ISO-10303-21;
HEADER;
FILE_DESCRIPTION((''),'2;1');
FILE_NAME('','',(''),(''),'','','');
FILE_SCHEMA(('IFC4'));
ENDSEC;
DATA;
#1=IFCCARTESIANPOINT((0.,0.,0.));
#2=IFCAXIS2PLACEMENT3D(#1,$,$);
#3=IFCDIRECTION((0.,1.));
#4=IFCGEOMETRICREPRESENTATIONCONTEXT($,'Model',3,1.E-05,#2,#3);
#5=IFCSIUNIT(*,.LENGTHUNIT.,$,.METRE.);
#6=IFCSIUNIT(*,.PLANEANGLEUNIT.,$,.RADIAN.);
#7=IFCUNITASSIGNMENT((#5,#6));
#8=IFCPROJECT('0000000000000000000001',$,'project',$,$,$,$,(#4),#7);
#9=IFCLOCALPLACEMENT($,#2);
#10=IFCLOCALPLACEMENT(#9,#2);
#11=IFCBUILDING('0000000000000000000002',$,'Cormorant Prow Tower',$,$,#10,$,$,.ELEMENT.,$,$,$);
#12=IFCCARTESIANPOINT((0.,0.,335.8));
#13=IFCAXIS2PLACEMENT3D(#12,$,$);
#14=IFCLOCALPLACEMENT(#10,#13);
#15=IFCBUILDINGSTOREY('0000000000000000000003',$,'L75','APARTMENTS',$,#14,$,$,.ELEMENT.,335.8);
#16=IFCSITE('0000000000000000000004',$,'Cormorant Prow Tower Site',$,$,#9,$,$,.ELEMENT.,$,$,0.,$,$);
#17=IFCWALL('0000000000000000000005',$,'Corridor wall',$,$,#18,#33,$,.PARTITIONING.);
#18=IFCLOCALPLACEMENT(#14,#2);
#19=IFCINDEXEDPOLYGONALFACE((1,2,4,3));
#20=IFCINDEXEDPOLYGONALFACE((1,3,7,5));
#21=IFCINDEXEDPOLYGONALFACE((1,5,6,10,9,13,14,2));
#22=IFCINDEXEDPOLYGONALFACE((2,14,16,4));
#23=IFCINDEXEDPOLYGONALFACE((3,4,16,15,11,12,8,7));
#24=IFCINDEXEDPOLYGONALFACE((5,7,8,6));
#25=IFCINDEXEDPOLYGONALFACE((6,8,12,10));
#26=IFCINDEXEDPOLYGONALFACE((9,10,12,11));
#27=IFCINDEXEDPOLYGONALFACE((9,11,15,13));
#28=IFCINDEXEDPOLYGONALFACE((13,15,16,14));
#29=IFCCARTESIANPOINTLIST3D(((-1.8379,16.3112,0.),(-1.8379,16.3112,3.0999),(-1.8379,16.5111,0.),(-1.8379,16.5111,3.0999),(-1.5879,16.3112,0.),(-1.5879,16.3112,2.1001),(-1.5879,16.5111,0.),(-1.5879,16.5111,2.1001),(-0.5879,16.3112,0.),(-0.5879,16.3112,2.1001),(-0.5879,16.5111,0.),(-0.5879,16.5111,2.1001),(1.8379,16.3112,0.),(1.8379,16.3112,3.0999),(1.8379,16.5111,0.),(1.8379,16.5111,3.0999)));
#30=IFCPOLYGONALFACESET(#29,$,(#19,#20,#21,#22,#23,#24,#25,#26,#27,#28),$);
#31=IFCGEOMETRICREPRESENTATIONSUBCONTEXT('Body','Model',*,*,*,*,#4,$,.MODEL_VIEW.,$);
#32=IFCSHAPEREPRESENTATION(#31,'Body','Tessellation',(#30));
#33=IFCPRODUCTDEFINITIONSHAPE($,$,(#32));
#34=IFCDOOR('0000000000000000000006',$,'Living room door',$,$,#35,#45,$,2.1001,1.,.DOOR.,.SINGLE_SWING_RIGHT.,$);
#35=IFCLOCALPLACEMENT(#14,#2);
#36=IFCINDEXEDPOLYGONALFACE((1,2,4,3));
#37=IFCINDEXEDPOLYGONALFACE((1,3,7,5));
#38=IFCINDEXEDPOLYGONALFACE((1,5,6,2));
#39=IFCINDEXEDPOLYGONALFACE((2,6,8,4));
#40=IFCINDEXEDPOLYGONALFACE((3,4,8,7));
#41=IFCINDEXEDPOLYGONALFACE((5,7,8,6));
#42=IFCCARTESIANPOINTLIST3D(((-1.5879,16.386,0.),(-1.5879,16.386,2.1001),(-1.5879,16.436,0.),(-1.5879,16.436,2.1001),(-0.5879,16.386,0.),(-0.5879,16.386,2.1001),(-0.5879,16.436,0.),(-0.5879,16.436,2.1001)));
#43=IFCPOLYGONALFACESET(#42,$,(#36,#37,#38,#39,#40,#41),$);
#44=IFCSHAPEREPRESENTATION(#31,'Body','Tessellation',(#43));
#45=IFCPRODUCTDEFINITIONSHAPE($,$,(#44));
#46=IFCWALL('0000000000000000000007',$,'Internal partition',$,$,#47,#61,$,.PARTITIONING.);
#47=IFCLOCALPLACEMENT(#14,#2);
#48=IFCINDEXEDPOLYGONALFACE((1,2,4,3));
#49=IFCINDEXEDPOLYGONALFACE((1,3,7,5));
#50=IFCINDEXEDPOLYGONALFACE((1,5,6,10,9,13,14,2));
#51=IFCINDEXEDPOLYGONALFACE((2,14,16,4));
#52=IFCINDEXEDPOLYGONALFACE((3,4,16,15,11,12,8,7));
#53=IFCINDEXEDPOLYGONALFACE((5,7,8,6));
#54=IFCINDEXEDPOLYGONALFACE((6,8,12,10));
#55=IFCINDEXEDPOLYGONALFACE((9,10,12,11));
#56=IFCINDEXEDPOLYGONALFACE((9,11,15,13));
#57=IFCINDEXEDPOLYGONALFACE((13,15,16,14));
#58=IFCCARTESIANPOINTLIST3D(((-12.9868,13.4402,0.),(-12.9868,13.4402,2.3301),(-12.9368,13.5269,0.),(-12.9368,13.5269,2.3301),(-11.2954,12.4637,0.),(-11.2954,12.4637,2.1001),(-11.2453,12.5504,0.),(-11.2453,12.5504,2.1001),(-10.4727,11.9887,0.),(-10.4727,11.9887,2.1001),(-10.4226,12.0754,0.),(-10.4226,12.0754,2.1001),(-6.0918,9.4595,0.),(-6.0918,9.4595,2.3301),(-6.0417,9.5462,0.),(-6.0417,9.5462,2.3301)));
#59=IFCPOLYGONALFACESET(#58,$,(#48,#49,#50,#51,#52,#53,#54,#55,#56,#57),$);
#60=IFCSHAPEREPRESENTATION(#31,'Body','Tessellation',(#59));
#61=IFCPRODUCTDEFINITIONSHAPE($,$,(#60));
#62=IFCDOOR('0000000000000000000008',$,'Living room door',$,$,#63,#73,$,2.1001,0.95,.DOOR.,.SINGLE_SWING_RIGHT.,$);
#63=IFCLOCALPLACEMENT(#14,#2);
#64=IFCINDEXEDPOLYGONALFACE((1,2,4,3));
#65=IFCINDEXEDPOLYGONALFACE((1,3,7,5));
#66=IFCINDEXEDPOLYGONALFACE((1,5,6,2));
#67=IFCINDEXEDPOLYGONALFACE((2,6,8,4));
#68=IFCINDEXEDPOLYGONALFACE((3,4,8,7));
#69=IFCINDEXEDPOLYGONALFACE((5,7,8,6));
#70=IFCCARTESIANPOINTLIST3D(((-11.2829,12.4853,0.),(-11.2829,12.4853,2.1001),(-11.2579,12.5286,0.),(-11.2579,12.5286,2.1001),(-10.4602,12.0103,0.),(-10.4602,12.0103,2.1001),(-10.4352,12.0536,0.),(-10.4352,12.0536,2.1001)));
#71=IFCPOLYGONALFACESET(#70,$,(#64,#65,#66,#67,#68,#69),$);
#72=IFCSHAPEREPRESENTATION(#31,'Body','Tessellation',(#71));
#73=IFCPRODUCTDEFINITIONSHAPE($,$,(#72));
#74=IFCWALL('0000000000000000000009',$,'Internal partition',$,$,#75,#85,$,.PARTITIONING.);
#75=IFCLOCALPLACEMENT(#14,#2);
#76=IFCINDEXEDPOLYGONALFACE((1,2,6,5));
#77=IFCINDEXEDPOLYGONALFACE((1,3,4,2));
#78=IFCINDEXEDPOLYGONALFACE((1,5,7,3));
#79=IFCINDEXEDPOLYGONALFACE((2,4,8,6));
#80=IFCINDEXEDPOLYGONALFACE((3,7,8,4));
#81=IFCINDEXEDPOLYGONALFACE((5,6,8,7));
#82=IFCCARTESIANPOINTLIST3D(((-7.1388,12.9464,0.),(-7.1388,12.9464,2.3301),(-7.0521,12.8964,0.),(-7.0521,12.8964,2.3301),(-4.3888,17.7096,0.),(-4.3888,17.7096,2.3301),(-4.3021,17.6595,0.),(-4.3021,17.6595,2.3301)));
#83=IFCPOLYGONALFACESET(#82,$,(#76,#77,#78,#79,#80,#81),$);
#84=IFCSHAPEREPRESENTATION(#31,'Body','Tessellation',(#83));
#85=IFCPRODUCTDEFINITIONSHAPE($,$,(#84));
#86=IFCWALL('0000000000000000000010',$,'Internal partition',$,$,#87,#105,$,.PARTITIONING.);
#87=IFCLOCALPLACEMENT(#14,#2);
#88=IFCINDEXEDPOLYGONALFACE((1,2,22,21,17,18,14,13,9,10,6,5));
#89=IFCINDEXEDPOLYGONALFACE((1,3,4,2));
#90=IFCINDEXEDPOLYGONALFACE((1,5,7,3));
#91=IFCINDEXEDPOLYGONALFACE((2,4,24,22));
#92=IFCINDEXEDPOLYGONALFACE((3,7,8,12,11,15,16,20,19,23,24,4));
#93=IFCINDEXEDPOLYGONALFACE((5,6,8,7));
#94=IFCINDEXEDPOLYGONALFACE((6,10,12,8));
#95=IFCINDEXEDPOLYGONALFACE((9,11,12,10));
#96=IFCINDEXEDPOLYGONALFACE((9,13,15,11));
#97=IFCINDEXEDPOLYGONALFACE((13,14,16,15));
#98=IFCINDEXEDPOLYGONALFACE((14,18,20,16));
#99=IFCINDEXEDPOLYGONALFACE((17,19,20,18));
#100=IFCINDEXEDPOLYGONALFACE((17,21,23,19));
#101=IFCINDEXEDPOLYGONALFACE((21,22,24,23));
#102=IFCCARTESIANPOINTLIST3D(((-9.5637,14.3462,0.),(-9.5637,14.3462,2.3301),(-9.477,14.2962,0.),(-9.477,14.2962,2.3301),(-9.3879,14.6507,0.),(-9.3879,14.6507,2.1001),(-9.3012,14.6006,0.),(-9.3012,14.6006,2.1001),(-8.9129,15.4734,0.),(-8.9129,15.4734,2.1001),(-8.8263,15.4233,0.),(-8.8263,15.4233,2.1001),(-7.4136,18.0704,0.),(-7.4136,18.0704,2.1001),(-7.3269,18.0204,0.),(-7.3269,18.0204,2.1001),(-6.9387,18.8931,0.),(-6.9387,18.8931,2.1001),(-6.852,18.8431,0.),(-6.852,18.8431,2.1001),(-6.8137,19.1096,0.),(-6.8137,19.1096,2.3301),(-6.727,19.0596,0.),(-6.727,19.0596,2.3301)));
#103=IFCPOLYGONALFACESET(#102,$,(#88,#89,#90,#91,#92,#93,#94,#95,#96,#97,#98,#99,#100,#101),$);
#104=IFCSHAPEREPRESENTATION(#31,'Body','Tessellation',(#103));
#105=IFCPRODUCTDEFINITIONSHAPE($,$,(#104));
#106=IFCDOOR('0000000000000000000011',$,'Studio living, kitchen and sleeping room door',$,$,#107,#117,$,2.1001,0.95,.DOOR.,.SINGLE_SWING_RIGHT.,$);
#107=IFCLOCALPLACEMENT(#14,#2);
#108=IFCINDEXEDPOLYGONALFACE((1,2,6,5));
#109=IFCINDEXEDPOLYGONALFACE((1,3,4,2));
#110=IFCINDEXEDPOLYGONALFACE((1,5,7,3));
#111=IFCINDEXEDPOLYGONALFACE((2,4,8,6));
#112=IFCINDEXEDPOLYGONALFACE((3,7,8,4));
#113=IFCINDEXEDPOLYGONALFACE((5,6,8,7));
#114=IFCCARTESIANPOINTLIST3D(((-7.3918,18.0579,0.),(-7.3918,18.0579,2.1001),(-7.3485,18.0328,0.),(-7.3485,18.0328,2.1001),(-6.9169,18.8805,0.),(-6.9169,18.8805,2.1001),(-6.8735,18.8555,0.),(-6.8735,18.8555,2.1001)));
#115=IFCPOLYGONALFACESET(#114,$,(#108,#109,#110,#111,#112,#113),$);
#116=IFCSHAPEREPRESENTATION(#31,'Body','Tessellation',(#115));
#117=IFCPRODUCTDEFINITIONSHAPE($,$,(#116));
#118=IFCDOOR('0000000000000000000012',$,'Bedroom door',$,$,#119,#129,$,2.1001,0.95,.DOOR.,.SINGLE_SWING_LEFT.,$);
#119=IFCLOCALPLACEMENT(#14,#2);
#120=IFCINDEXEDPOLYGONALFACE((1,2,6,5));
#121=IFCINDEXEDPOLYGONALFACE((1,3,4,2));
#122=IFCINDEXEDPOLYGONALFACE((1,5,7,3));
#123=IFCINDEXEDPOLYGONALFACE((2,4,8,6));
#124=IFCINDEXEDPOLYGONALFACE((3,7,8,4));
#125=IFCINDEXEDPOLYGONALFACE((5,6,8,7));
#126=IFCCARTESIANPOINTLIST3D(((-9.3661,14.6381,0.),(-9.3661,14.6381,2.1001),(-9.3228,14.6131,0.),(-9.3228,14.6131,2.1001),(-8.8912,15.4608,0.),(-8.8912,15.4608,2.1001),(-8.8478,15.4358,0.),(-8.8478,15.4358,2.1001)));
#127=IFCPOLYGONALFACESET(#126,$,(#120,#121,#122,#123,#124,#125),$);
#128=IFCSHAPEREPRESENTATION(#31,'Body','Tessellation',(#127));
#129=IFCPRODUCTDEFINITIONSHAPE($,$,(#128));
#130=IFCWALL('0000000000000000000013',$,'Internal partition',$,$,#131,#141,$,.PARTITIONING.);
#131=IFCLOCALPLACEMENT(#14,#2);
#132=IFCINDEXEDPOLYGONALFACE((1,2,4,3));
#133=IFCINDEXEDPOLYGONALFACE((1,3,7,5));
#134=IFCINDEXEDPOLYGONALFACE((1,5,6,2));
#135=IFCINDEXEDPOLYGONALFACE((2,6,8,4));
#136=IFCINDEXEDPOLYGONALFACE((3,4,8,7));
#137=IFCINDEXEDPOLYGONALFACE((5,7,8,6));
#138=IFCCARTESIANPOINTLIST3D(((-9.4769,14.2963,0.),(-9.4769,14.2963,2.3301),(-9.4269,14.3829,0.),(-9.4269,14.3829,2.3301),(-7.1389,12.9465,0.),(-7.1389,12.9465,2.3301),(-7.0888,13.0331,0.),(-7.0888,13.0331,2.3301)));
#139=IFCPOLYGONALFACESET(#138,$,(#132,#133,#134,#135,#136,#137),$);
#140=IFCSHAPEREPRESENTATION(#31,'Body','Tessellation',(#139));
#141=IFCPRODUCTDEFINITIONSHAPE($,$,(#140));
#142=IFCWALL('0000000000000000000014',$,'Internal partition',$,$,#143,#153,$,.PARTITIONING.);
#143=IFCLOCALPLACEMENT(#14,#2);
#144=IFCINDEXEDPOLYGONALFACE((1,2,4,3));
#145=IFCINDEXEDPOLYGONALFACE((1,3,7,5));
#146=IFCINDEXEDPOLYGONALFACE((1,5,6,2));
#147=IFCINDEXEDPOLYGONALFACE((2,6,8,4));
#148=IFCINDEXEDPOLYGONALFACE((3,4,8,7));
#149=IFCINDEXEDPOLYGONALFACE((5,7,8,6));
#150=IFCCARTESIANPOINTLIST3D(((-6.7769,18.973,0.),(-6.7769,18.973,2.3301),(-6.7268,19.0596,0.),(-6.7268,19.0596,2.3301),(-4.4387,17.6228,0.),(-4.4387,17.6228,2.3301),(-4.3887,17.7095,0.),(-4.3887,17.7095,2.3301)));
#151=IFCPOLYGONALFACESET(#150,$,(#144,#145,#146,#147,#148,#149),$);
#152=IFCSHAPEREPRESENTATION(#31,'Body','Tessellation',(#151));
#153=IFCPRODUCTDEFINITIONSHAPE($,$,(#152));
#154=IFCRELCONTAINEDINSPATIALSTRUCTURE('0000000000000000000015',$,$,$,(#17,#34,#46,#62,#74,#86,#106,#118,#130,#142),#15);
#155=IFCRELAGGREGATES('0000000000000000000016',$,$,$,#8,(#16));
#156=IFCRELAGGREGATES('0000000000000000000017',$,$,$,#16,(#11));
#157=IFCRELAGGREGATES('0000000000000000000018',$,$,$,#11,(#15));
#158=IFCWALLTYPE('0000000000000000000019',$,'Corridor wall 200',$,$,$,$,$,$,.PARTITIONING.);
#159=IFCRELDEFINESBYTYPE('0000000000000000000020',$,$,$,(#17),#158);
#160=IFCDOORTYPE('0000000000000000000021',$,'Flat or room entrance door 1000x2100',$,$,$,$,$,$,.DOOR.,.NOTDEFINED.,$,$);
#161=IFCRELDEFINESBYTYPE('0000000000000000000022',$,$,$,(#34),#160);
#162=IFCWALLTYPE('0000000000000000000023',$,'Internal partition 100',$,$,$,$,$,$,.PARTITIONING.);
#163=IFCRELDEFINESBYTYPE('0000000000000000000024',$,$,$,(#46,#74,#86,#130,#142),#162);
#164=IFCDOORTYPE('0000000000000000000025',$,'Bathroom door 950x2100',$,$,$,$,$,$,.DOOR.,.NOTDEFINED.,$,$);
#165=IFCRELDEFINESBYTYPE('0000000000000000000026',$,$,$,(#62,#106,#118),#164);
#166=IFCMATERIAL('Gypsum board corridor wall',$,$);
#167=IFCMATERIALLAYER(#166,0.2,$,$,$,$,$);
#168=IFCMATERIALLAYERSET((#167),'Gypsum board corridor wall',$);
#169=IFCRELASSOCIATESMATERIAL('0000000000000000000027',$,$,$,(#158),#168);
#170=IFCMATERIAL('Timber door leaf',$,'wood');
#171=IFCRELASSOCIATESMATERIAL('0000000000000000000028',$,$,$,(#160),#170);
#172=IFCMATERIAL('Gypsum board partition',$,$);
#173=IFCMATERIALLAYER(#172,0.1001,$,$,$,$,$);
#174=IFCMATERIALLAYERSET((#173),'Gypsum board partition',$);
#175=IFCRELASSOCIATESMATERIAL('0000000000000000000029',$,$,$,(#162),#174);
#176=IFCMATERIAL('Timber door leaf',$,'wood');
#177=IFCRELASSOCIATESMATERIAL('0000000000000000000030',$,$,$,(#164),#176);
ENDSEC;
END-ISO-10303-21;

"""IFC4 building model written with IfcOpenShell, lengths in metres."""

from ifc_helpers import new_model, si_unit, direction, frame, frame_2d, origin, place, context, subcontext, project, spatial, rectangle, extrude, material, layer, layer_set, type_object, element, fill, save


model = new_model("IFC4")

# Units and contexts
model_context = context("Model", 3, precision=1e-05, world=origin(), true_north=direction((0.0, 1.0)))
body_context = subcontext(model_context, "Body", "Model", "MODEL_VIEW")
ifc_project = project(units=[si_unit("LENGTHUNIT", "METRE"), si_unit("PLANEANGLEUNIT", "RADIAN")], contexts=[model_context])

# Site, building, storey
site_placement = place(None, origin())
site = spatial("IfcSite", under=ifc_project, at=site_placement, Name="Cormorant Prow Tower Site", CompositionType="ELEMENT", RefElevation=0.0)
building_placement = place(site_placement, origin())
building = spatial("IfcBuilding", under=site, at=building_placement, Name="Cormorant Prow Tower", CompositionType="ELEMENT")
storey_placement = place(building_placement, frame((0.0, 0.0, 335.8)))
storey = spatial("IfcBuildingStorey", under=building, at=storey_placement, Name="L75", Description="APARTMENTS", CompositionType="ELEMENT", Elevation=335.8)

# Walls, openings, doors
ifc_material_1 = material(Name="Gypsum board corridor wall")
ifc_layer_1 = layer(ifc_material_1, 0.2)
ifc_layer_set_1 = layer_set([ifc_layer_1], Name="Gypsum board corridor wall")
wall_type_1 = type_object("IfcWallType", Name="Corridor wall 200", PredefinedType="PARTITIONING", material=ifc_layer_set_1)
ifc_material_2 = material(Name="Timber door leaf", Category="wood")
door_type_1 = type_object("IfcDoorType", Name="Flat or room entrance door 1000x2100", OperationType="NOTDEFINED", PredefinedType="DOOR", material=ifc_material_2)
wall_1_placement = place(storey_placement, frame((-1.8379, 16.4111, 0.0), z_axis=(0.0, 0.0, 1.0), x_axis=(1.0, 0.0, 0.0)))
wall_1 = element("IfcWall", 1, at=wall_1_placement, inside=storey, type_object=wall_type_1, Name="Corridor wall", PredefinedType="PARTITIONING", context=body_context, shape_type="SweptSolid", body=[
    extrude(rectangle(XDim=3.6758, YDim=0.2, at=frame_2d((1.8379, 0.0))), origin(), (0.0, 0.0, 1.0), 3.0999),
])
opening_1_placement = place(wall_1_placement, frame((0.25, 0.0, 0.0)))
opening_1 = element("IfcOpeningElement", 2, at=opening_1_placement, cuts=wall_1, PredefinedType="OPENING", context=body_context, shape_type="SweptSolid", body=[
    extrude(rectangle(XDim=1.0, YDim=2.1001, at=frame_2d((0.5, 1.05))), frame((0.0, 0.1099, 0.0), z_axis=(0.0, -1.0, 0.0), x_axis=(1.0, 0.0, 0.0)), (0.0, 0.0, 1.0), 0.22),
])
door_1_placement = place(opening_1_placement, origin())
door_1 = element("IfcDoor", 3, at=door_1_placement, inside=storey, type_object=door_type_1, Name="Living room door", OperationType="SINGLE_SWING_RIGHT", OverallHeight=2.1001, OverallWidth=1.0, PredefinedType="DOOR", context=body_context, shape_type="SweptSolid", body=[
    extrude(rectangle(XDim=1.0, YDim=2.1001, at=frame_2d((0.5, 1.05))), frame((0.0, 0.0249, 0.0), z_axis=(0.0, -1.0, 0.0), x_axis=(1.0, 0.0, 0.0)), (0.0, 0.0, 1.0), 0.05),
])
fill(opening_1, door_1)
ifc_material_3 = material(Name="Gypsum board partition")
ifc_layer_2 = layer(ifc_material_3, 0.1001)
ifc_layer_set_2 = layer_set([ifc_layer_2], Name="Gypsum board partition")
wall_type_2 = type_object("IfcWallType", Name="Internal partition 100", PredefinedType="PARTITIONING", material=ifc_layer_set_2)
wall_2_placement = place(storey_placement, frame((-12.9619, 13.4836, 0.0), z_axis=(0.0, 0.0, 1.0), x_axis=(0.866032, -0.499988, 0.0)))
wall_2 = element("IfcWall", 4, at=wall_2_placement, inside=storey, type_object=wall_type_2, Name="Internal partition", PredefinedType="PARTITIONING", context=body_context, shape_type="SweptSolid", body=[
    extrude(rectangle(XDim=7.9617, YDim=0.1001, at=frame_2d((3.981, 0.0))), origin(), (0.0, 0.0, 1.0), 2.3301),
])
opening_2_placement = place(wall_2_placement, frame((1.9531, 0.0, 0.0)))
opening_2 = element("IfcOpeningElement", 5, at=opening_2_placement, cuts=wall_2, PredefinedType="OPENING", context=body_context, shape_type="SweptSolid", body=[
    extrude(rectangle(XDim=0.95, YDim=2.1001, at=frame_2d((0.4751, 1.05))), frame((0.0, 0.0601, 0.0), z_axis=(0.0, -1.0, 0.0), x_axis=(1.0, 0.0, 0.0)), (0.0, 0.0, 1.0), 0.1201),
])
ifc_material_4 = material(Name="Timber door leaf", Category="wood")
door_type_2 = type_object("IfcDoorType", Name="Bathroom door 950x2100", OperationType="NOTDEFINED", PredefinedType="DOOR", material=ifc_material_4)
door_2_placement = place(opening_2_placement, origin())
door_2 = element("IfcDoor", 6, at=door_2_placement, inside=storey, type_object=door_type_2, Name="Living room door", OperationType="SINGLE_SWING_RIGHT", OverallHeight=2.1001, OverallWidth=0.95, PredefinedType="DOOR", context=body_context, shape_type="SweptSolid", body=[
    extrude(rectangle(XDim=0.95, YDim=2.1001, at=frame_2d((0.4751, 1.05))), frame((0.0, 0.0249, 0.0), z_axis=(0.0, -1.0, 0.0), x_axis=(1.0, 0.0, 0.0)), (0.0, 0.0, 1.0), 0.05),
])
fill(opening_2, door_2)

# Wall
wall_3_placement = place(storey_placement, frame((-7.0955, 12.9214, 0.0), z_axis=(0.0, 0.0, 1.0), x_axis=(0.499997, 0.866027, 0.0)))
element("IfcWall", 7, at=wall_3_placement, inside=storey, type_object=wall_type_2, Name="Internal partition", PredefinedType="PARTITIONING", context=body_context, shape_type="SweptSolid", body=[
    extrude(rectangle(XDim=5.5, YDim=0.1001, at=frame_2d((2.75, 0.0))), origin(), (0.0, 0.0, 1.0), 2.3301),
])

# Wall, openings, doors
wall_4_placement = place(storey_placement, frame((-9.5203, 14.3213, 0.0), z_axis=(0.0, 0.0, 1.0), x_axis=(0.499977, 0.866038, 0.0)))
wall_4 = element("IfcWall", 8, at=wall_4_placement, inside=storey, type_object=wall_type_2, Name="Internal partition", PredefinedType="PARTITIONING", context=body_context, shape_type="SweptSolid", body=[
    extrude(rectangle(XDim=5.5002, YDim=0.1001, at=frame_2d((2.75, 0.0))), origin(), (0.0, 0.0, 1.0), 2.3301),
])
opening_3_placement = place(wall_4_placement, frame((4.3, 0.0, 0.0)))
opening_3 = element("IfcOpeningElement", 9, at=opening_3_placement, cuts=wall_4, PredefinedType="OPENING", context=body_context, shape_type="SweptSolid", body=[
    extrude(rectangle(XDim=0.95, YDim=2.1001, at=frame_2d((0.4751, 1.05))), frame((0.0, 0.0601, 0.0), z_axis=(0.0, -1.0, 0.0), x_axis=(1.0, 0.0, 0.0)), (0.0, 0.0, 1.0), 0.1201),
])
opening_4_placement = place(wall_4_placement, frame((0.3513, 0.0, 0.0)))
opening_4 = element("IfcOpeningElement", 10, at=opening_4_placement, cuts=wall_4, PredefinedType="OPENING", context=body_context, shape_type="SweptSolid", body=[
    extrude(rectangle(XDim=0.95, YDim=2.1001, at=frame_2d((0.4751, 1.05))), frame((0.0, 0.0601, 0.0), z_axis=(0.0, -1.0, 0.0), x_axis=(1.0, 0.0, 0.0)), (0.0, 0.0, 1.0), 0.1201),
])
door_3_placement = place(opening_3_placement, origin())
door_3 = element("IfcDoor", 11, at=door_3_placement, inside=storey, type_object=door_type_2, Name="Studio living, kitchen and sleeping room door", OperationType="SINGLE_SWING_RIGHT", OverallHeight=2.1001, OverallWidth=0.95, PredefinedType="DOOR", context=body_context, shape_type="SweptSolid", body=[
    extrude(rectangle(XDim=0.95, YDim=2.1001, at=frame_2d((0.4751, 1.05))), frame((0.0, 0.0249, 0.0), z_axis=(0.0, -1.0, 0.0), x_axis=(1.0, 0.0, 0.0)), (0.0, 0.0, 1.0), 0.05),
])
fill(opening_3, door_3)
door_4_placement = place(opening_4_placement, origin())
door_4 = element("IfcDoor", 12, at=door_4_placement, inside=storey, type_object=door_type_2, Name="Bedroom door", OperationType="SINGLE_SWING_LEFT", OverallHeight=2.1001, OverallWidth=0.95, PredefinedType="DOOR", context=body_context, shape_type="SweptSolid", body=[
    extrude(rectangle(XDim=0.95, YDim=2.1001, at=frame_2d((0.4751, 1.05))), frame((0.0, 0.0249, 0.0), z_axis=(0.0, -1.0, 0.0), x_axis=(1.0, 0.0, 0.0)), (0.0, 0.0, 1.0), 0.05),
])
fill(opening_4, door_4)

# Walls
wall_5_placement = place(storey_placement, frame((-9.4519, 14.3396, 0.0), z_axis=(0.0, 0.0, 1.0), x_axis=(0.866037, -0.499981, 0.0)))
element("IfcWall", 13, at=wall_5_placement, inside=storey, type_object=wall_type_2, Name="Internal partition", PredefinedType="PARTITIONING", context=body_context, shape_type="SweptSolid", body=[
    extrude(rectangle(XDim=2.6997, YDim=0.1001, at=frame_2d((1.3499, 0.0))), origin(), (0.0, 0.0, 1.0), 2.3301),
])
wall_6_placement = place(storey_placement, frame((-6.752, 19.0164, 0.0), z_axis=(0.0, 0.0, 1.0), x_axis=(0.865997, -0.500049, 0.0)))
element("IfcWall", 14, at=wall_6_placement, inside=storey, type_object=wall_type_2, Name="Internal partition", PredefinedType="PARTITIONING", context=body_context, shape_type="SweptSolid", body=[
    extrude(rectangle(XDim=2.7, YDim=0.1001, at=frame_2d((1.3501, 0.0))), origin(), (0.0, 0.0, 1.0), 2.3301),
])

save(model, "model.ifc")
